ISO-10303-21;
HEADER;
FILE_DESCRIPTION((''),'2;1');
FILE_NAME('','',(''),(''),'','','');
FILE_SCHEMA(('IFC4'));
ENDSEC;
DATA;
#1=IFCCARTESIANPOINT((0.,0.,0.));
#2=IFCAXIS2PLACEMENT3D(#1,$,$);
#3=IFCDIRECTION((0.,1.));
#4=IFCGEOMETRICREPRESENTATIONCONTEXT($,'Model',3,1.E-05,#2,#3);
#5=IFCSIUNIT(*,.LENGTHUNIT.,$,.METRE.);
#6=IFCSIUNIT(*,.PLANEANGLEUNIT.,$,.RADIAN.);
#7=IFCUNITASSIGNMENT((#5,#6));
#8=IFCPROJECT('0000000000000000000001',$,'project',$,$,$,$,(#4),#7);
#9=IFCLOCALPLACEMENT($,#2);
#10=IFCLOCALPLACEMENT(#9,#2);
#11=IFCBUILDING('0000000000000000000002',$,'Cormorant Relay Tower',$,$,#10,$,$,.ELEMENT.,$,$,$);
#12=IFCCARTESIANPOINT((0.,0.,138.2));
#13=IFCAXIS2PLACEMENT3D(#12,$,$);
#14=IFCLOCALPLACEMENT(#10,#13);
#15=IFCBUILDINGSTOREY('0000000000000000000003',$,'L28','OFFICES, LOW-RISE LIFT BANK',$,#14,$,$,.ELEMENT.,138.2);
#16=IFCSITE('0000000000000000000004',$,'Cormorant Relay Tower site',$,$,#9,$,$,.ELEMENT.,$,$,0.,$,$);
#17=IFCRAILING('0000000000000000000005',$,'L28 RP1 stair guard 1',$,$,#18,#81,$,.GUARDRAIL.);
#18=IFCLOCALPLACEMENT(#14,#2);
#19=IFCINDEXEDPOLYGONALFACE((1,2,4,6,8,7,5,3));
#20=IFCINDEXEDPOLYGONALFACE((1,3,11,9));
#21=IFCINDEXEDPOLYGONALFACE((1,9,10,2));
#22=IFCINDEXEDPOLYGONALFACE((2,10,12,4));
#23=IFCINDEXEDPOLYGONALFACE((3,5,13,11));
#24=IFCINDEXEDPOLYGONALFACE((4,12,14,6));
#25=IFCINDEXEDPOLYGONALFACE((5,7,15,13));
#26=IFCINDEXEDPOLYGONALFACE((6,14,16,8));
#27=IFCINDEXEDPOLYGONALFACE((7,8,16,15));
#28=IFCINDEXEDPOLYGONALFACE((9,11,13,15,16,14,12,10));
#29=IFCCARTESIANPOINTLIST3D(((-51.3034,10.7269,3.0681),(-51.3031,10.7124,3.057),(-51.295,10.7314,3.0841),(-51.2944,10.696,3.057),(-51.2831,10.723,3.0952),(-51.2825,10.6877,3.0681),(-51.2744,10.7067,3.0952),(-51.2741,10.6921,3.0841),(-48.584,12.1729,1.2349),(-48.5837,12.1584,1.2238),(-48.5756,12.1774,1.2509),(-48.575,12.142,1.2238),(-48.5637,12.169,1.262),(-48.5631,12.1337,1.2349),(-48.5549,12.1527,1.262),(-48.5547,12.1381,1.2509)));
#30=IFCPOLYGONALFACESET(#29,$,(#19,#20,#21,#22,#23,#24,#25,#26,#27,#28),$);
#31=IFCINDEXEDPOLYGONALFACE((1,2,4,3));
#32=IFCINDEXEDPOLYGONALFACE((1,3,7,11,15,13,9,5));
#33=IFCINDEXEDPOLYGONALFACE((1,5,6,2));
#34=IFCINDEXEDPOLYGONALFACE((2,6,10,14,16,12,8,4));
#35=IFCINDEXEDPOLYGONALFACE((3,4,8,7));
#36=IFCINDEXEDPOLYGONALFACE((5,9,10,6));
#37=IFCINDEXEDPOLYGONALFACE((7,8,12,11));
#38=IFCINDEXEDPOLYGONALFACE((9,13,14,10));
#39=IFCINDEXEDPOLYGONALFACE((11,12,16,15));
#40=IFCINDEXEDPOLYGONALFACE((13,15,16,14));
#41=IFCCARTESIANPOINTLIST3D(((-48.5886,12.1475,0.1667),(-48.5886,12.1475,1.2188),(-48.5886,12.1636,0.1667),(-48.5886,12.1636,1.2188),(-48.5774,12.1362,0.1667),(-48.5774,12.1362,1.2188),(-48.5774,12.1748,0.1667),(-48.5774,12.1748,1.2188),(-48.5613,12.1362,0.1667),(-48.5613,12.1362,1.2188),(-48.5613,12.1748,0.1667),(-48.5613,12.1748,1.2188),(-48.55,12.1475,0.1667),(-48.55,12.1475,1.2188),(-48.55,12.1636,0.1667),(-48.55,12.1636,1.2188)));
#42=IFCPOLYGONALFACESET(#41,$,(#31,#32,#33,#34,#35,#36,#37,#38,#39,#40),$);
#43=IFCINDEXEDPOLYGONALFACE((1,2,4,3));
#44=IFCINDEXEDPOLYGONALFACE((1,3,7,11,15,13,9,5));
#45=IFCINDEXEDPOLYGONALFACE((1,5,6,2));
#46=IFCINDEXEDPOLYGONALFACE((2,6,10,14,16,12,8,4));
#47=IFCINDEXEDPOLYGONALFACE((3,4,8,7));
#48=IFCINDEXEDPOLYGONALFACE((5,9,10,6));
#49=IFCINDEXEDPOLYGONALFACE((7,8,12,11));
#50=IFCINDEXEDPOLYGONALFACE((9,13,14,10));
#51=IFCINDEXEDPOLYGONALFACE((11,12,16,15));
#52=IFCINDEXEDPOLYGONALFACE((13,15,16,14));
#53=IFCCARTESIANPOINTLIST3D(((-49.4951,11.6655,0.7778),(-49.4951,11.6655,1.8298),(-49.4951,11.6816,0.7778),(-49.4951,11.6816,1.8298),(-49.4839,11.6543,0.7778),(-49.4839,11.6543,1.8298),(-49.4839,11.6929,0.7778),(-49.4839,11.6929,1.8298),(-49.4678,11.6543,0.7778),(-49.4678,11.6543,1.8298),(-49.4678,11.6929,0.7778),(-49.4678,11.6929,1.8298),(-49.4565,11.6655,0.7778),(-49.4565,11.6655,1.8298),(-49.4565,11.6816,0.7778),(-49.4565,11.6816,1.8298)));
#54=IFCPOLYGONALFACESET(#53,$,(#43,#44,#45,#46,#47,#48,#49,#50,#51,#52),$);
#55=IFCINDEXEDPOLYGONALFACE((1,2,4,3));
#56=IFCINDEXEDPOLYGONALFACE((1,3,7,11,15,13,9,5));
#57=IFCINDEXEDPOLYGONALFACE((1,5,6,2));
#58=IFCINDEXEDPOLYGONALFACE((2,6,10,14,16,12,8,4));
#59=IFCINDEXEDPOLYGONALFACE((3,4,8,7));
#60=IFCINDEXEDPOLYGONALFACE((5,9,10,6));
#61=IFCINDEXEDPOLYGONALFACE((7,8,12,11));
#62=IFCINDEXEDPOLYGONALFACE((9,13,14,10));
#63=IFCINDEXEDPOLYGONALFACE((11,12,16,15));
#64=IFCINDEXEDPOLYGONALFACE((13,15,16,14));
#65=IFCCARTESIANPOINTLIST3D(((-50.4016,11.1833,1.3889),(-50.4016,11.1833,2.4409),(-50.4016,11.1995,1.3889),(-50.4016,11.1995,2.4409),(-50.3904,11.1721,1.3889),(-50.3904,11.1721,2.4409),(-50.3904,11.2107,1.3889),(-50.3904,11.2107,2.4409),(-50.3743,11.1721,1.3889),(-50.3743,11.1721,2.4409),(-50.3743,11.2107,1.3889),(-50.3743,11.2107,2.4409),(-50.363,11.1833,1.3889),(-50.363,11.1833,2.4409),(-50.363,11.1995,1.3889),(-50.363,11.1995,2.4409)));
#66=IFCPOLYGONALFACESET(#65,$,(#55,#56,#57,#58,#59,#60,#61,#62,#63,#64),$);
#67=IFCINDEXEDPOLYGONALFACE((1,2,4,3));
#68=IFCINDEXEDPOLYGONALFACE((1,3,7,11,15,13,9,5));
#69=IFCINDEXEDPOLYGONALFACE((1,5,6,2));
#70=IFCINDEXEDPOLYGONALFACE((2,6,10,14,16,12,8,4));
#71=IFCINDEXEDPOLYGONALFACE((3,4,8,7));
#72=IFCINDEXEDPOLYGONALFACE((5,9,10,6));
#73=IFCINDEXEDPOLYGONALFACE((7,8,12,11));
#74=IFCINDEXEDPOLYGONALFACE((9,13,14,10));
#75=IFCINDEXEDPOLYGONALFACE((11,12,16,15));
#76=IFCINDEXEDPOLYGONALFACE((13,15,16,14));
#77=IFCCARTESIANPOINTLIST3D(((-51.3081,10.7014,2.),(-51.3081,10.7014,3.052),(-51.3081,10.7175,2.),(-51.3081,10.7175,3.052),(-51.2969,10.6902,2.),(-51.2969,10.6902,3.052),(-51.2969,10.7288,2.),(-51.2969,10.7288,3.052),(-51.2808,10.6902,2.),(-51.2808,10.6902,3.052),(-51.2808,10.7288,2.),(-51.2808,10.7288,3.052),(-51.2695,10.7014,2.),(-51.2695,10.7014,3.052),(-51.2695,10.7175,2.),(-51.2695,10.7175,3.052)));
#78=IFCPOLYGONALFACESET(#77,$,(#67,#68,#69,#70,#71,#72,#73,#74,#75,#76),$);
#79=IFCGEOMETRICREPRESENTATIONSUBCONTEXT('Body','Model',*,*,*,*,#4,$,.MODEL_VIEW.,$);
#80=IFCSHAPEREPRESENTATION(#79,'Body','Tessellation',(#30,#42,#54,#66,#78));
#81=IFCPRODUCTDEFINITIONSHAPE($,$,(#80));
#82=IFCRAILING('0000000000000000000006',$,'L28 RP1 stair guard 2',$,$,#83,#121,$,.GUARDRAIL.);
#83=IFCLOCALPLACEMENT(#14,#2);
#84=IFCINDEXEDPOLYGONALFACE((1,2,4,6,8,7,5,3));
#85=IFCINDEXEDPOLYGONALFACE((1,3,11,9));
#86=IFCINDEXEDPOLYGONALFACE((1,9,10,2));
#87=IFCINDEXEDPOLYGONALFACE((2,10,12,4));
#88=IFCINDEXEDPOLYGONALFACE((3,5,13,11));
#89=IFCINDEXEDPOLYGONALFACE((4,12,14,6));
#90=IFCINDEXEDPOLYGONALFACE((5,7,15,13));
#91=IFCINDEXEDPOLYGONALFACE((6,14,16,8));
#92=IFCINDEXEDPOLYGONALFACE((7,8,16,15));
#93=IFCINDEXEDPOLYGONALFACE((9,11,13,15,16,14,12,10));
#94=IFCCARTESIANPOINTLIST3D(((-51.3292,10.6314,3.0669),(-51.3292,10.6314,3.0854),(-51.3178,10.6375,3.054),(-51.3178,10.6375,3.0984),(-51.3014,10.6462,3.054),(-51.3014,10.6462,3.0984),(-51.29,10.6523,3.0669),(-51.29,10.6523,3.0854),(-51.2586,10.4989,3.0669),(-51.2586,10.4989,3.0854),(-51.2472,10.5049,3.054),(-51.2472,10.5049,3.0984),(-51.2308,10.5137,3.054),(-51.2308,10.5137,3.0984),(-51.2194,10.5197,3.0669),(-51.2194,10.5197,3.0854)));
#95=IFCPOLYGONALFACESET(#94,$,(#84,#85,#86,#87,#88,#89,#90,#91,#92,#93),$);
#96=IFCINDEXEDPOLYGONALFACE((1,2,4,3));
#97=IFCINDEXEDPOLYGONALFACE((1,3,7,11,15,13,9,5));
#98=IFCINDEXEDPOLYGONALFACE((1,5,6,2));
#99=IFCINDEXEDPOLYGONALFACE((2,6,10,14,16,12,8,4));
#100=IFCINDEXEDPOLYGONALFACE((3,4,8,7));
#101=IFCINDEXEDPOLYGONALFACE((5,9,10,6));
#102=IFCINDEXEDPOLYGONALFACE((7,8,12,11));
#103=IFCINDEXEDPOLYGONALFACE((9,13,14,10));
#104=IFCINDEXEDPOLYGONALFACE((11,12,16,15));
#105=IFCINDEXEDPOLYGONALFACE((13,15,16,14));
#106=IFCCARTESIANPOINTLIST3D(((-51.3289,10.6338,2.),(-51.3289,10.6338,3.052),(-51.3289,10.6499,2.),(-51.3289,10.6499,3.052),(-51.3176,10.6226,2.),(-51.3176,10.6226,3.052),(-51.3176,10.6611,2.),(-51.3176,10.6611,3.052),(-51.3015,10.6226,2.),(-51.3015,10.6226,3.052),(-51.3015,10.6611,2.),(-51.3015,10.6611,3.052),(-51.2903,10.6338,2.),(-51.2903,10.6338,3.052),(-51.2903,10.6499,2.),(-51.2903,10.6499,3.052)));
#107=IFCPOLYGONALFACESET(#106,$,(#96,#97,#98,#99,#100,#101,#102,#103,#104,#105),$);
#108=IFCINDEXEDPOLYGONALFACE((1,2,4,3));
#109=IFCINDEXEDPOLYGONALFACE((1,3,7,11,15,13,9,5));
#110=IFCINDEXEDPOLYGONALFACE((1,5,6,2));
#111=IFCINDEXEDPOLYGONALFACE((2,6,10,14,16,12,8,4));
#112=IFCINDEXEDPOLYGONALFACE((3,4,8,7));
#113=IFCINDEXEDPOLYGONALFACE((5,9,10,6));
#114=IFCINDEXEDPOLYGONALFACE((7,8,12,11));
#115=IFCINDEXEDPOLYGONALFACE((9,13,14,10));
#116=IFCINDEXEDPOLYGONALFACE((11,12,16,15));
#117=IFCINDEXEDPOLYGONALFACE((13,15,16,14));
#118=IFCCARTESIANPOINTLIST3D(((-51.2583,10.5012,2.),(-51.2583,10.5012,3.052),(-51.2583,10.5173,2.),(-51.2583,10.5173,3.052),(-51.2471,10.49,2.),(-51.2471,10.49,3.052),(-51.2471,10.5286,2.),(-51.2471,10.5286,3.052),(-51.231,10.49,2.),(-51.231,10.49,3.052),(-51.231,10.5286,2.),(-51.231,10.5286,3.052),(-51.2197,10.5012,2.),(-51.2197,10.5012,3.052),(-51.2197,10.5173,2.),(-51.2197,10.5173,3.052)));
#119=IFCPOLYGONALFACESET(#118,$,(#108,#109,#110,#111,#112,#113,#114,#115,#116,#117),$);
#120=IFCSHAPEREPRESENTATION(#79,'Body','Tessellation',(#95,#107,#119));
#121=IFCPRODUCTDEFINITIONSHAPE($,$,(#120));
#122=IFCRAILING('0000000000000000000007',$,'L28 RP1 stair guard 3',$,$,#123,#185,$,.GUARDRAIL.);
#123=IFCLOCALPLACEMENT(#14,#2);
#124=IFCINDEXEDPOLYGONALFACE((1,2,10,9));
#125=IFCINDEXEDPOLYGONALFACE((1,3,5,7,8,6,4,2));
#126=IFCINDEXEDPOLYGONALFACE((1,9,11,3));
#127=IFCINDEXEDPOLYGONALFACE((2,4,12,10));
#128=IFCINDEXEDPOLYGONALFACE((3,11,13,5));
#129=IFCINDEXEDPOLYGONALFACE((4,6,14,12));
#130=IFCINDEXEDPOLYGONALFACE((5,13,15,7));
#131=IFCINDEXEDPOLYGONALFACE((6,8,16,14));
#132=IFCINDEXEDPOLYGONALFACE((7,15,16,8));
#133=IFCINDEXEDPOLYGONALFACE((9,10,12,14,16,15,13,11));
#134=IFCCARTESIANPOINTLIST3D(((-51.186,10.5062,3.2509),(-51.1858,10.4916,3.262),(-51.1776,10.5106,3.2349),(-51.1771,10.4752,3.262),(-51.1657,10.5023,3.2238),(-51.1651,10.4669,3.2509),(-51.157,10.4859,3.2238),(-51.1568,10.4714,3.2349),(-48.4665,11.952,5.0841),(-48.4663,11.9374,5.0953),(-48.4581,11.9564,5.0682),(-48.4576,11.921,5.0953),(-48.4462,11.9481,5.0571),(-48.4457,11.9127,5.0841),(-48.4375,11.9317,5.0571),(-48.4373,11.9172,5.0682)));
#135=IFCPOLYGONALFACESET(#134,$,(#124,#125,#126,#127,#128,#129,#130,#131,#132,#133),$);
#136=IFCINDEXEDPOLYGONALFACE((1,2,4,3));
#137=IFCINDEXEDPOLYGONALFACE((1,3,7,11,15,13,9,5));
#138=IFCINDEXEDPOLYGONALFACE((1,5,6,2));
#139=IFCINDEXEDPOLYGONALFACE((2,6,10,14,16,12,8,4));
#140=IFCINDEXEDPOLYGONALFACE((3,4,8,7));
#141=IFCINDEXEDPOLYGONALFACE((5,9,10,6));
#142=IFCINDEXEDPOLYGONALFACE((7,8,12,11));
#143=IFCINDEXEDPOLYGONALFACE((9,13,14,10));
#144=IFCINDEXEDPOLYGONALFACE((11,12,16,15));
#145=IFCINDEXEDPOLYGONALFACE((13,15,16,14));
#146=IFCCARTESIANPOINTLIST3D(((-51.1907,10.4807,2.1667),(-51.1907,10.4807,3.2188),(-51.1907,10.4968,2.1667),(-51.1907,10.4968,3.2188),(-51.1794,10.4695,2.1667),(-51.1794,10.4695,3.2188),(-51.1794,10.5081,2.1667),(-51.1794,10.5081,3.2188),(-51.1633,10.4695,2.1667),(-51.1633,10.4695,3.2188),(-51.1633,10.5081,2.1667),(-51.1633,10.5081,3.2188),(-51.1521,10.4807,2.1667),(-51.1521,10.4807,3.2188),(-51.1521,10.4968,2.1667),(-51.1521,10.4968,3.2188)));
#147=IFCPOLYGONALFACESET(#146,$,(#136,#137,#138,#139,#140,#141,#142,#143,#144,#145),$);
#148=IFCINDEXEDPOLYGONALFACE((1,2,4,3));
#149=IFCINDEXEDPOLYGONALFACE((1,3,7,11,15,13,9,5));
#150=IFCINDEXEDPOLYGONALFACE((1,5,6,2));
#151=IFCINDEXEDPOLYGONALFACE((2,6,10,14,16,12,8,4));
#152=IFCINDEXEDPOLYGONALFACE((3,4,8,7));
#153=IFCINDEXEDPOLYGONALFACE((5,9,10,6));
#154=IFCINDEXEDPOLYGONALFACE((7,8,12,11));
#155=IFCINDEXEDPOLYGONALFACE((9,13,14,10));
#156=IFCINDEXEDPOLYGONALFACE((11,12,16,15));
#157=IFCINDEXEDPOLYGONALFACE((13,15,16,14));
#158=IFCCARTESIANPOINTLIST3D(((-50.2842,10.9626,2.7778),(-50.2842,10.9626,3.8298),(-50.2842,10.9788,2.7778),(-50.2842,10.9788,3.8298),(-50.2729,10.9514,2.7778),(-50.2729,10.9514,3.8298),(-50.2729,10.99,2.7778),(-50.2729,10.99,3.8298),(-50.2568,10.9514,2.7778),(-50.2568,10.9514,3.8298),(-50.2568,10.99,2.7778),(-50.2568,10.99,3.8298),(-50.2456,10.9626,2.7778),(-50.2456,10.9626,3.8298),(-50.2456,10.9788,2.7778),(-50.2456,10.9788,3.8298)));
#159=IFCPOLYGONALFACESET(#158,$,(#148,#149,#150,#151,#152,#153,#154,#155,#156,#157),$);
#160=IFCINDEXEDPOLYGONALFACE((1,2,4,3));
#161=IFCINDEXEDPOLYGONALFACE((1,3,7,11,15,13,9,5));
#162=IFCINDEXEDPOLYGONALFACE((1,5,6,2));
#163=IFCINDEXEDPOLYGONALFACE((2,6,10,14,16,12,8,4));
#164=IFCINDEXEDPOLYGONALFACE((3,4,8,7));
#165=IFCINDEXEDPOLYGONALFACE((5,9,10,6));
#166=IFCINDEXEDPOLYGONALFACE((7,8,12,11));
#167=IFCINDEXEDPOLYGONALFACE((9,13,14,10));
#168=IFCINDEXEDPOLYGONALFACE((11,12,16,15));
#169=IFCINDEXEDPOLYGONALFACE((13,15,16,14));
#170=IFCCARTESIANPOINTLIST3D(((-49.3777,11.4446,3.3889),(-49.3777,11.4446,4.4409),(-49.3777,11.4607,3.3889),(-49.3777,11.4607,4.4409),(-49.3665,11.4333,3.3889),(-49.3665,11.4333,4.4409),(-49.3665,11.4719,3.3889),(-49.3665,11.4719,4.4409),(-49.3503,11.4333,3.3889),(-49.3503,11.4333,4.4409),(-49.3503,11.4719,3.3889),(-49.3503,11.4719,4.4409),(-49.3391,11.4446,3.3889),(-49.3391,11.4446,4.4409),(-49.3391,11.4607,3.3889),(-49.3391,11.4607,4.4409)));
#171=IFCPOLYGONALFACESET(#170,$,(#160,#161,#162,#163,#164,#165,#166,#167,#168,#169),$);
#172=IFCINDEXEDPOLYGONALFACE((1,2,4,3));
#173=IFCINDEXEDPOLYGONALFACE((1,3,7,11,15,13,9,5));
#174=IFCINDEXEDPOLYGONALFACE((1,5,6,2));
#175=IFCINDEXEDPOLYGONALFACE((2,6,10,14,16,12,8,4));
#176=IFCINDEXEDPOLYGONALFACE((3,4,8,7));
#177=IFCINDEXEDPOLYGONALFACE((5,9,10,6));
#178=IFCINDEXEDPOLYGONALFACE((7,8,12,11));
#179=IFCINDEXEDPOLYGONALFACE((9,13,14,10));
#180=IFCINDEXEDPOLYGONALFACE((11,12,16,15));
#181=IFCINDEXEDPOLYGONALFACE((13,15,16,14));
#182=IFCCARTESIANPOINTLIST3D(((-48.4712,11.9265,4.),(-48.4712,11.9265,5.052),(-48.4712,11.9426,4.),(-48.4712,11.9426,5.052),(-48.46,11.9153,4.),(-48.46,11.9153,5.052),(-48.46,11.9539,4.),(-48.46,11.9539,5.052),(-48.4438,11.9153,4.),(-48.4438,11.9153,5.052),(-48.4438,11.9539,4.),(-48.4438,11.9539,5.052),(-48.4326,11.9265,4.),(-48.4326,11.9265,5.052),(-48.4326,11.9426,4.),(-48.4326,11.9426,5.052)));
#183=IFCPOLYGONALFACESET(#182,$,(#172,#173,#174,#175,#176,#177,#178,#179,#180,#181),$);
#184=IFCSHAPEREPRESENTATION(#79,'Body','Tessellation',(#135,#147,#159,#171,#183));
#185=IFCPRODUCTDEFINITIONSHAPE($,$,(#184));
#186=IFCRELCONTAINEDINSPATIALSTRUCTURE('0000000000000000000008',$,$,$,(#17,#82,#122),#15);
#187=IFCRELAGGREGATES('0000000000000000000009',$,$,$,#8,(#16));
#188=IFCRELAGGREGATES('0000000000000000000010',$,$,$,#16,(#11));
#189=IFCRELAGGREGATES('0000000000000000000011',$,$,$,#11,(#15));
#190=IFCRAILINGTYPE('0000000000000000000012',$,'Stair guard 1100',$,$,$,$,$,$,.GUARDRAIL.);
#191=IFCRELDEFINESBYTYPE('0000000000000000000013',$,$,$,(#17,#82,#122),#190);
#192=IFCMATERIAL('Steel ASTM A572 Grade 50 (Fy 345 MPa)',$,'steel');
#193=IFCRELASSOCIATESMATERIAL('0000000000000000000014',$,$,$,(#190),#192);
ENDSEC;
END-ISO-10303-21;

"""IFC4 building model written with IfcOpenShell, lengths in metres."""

from ifc_helpers import new_model, si_unit, direction, frame, origin, place, context, subcontext, project, spatial, polyline, outline, extrude, material, type_object, element, save


model = new_model("IFC4")

# Units and contexts
model_context = context("Model", 3, precision=1e-05, world=origin(), true_north=direction((0.0, 1.0)))
body_context = subcontext(model_context, "Body", "Model", "MODEL_VIEW")
ifc_project = project(units=[si_unit("LENGTHUNIT", "METRE"), si_unit("PLANEANGLEUNIT", "RADIAN")], contexts=[model_context])

# Site, building, storey
site_placement = place(None, origin())
site = spatial("IfcSite", under=ifc_project, at=site_placement, Name="Cormorant Relay Tower site", CompositionType="ELEMENT", RefElevation=0.0)
building_placement = place(site_placement, origin())
building = spatial("IfcBuilding", under=site, at=building_placement, Name="Cormorant Relay Tower", CompositionType="ELEMENT")
storey_placement = place(building_placement, frame((0.0, 0.0, 138.2)))
storey = spatial("IfcBuildingStorey", under=building, at=storey_placement, Name="L28", Description="OFFICES, LOW-RISE LIFT BANK", CompositionType="ELEMENT", Elevation=138.2)

# Railings
ifc_material_1 = material(Name="Steel ASTM A572 Grade 50 (Fy 345 MPa)", Category="steel")
railing_type_1 = type_object("IfcRailingType", Name="Stair guard 1100", PredefinedType="GUARDRAIL", material=ifc_material_1)
railing_1_placement = place(storey_placement, frame((-48.5693, 12.1555, 0.1667)))
element("IfcRailing", 1, at=railing_1_placement, inside=storey, type_object=railing_type_1, Name="L28 RP1 stair guard 1", PredefinedType="GUARDRAIL", context=body_context, shape_type="SweptSolid", body=[
    extrude(outline(polyline([(0.0222, 0.0093), (0.0093, 0.0222), (-0.0093, 0.0222), (-0.0222, 0.0093), (-0.0222, -0.0093), (-0.0093, -0.0222), (0.0093, -0.0222), (0.0222, -0.0093), (0.0222, 0.0093)])), frame((0.0, 0.0, 1.0762), z_axis=(-0.758714, -0.403435, 0.511463), x_axis=(0.469489, -0.882938, 0.0)), (0.0, 0.0, 1.0), 3.5842),
    extrude(outline(polyline([(0.0193, 0.0081), (0.0081, 0.0193), (-0.0081, 0.0193), (-0.0193, 0.0081), (-0.0193, -0.0081), (-0.0081, -0.0193), (0.0081, -0.0193), (0.0193, -0.0081), (0.0193, 0.0081)])), origin(), (0.0, 0.0, 1.0), 1.052),
    extrude(outline(polyline([(0.0193, 0.0081), (0.0081, 0.0193), (-0.0081, 0.0193), (-0.0193, 0.0081), (-0.0193, -0.0081), (-0.0081, -0.0193), (0.0081, -0.0193), (0.0193, -0.0081), (0.0193, 0.0081)])), frame((-0.9065, -0.4819, 0.6111)), (0.0, 0.0, 1.0), 1.052),
    extrude(outline(polyline([(0.0193, 0.0081), (0.0081, 0.0193), (-0.0081, 0.0193), (-0.0193, 0.0081), (-0.0193, -0.0081), (-0.0081, -0.0193), (0.0081, -0.0193), (0.0193, -0.0081), (0.0193, 0.0081)])), frame((-1.813, -0.9641, 1.2222)), (0.0, 0.0, 1.0), 1.052),
    extrude(outline(polyline([(0.0193, 0.0081), (0.0081, 0.0193), (-0.0081, 0.0193), (-0.0193, 0.0081), (-0.0193, -0.0081), (-0.0081, -0.0193), (0.0081, -0.0193), (0.0193, -0.0081), (0.0193, 0.0081)])), frame((-2.7195, -1.446, 1.8333)), (0.0, 0.0, 1.0), 1.052),
])
railing_2_placement = place(storey_placement, frame((-51.3096, 10.6418, 2.0)))
element("IfcRailing", 2, at=railing_2_placement, inside=storey, type_object=railing_type_1, Name="L28 RP1 stair guard 2", PredefinedType="GUARDRAIL", context=body_context, shape_type="SweptSolid", body=[
    extrude(outline(polyline([(0.0222, 0.0093), (0.0093, 0.0222), (-0.0093, 0.0222), (-0.0222, 0.0093), (-0.0222, -0.0093), (-0.0093, -0.0222), (0.0093, -0.0222), (0.0222, -0.0093), (0.0222, 0.0093)])), frame((0.0, 0.0, 1.0762), z_axis=(0.469829, -0.882758, 0.0), x_axis=(0.882758, 0.469829, 0.0)), (0.0, 0.0, 1.0), 0.1501),
    extrude(outline(polyline([(0.0193, 0.0081), (0.0081, 0.0193), (-0.0081, 0.0193), (-0.0193, 0.0081), (-0.0193, -0.0081), (-0.0081, -0.0193), (0.0081, -0.0193), (0.0193, -0.0081), (0.0193, 0.0081)])), origin(), (0.0, 0.0, 1.0), 1.052),
    extrude(outline(polyline([(0.0193, 0.0081), (0.0081, 0.0193), (-0.0081, 0.0193), (-0.0193, 0.0081), (-0.0193, -0.0081), (-0.0081, -0.0193), (0.0081, -0.0193), (0.0193, -0.0081), (0.0193, 0.0081)])), frame((0.0706, -0.1326, 0.0)), (0.0, 0.0, 1.0), 1.052),
])
railing_3_placement = place(storey_placement, frame((-51.1714, 10.4888, 2.1667)))
element("IfcRailing", 3, at=railing_3_placement, inside=storey, type_object=railing_type_1, Name="L28 RP1 stair guard 3", PredefinedType="GUARDRAIL", context=body_context, shape_type="SweptSolid", body=[
    extrude(outline(polyline([(0.0222, 0.0093), (0.0093, 0.0222), (-0.0093, 0.0222), (-0.0222, 0.0093), (-0.0222, -0.0093), (-0.0093, -0.0222), (0.0093, -0.0222), (0.0222, -0.0093), (0.0222, 0.0093)])), frame((0.0, 0.0, 1.0762), z_axis=(0.758735, 0.403378, 0.511477), x_axis=(-0.469428, 0.882971, 0.0)), (0.0, 0.0, 1.0), 3.5842),
    extrude(outline(polyline([(0.0193, 0.0081), (0.0081, 0.0193), (-0.0081, 0.0193), (-0.0193, 0.0081), (-0.0193, -0.0081), (-0.0081, -0.0193), (0.0081, -0.0193), (0.0193, -0.0081), (0.0193, 0.0081)])), origin(), (0.0, 0.0, 1.0), 1.052),
    extrude(outline(polyline([(0.0193, 0.0081), (0.0081, 0.0193), (-0.0081, 0.0193), (-0.0193, 0.0081), (-0.0193, -0.0081), (-0.0081, -0.0193), (0.0081, -0.0193), (0.0193, -0.0081), (0.0193, 0.0081)])), frame((0.9065, 0.4819, 0.6111)), (0.0, 0.0, 1.0), 1.052),
    extrude(outline(polyline([(0.0193, 0.0081), (0.0081, 0.0193), (-0.0081, 0.0193), (-0.0193, 0.0081), (-0.0193, -0.0081), (-0.0081, -0.0193), (0.0081, -0.0193), (0.0193, -0.0081), (0.0193, 0.0081)])), frame((1.813, 0.9639, 1.2222)), (0.0, 0.0, 1.0), 1.052),
    extrude(outline(polyline([(0.0193, 0.0081), (0.0081, 0.0193), (-0.0081, 0.0193), (-0.0193, 0.0081), (-0.0193, -0.0081), (-0.0081, -0.0193), (0.0081, -0.0193), (0.0193, -0.0081), (0.0193, 0.0081)])), frame((2.7195, 1.4458, 1.8333)), (0.0, 0.0, 1.0), 1.052),
])

save(model, "model.ifc")
